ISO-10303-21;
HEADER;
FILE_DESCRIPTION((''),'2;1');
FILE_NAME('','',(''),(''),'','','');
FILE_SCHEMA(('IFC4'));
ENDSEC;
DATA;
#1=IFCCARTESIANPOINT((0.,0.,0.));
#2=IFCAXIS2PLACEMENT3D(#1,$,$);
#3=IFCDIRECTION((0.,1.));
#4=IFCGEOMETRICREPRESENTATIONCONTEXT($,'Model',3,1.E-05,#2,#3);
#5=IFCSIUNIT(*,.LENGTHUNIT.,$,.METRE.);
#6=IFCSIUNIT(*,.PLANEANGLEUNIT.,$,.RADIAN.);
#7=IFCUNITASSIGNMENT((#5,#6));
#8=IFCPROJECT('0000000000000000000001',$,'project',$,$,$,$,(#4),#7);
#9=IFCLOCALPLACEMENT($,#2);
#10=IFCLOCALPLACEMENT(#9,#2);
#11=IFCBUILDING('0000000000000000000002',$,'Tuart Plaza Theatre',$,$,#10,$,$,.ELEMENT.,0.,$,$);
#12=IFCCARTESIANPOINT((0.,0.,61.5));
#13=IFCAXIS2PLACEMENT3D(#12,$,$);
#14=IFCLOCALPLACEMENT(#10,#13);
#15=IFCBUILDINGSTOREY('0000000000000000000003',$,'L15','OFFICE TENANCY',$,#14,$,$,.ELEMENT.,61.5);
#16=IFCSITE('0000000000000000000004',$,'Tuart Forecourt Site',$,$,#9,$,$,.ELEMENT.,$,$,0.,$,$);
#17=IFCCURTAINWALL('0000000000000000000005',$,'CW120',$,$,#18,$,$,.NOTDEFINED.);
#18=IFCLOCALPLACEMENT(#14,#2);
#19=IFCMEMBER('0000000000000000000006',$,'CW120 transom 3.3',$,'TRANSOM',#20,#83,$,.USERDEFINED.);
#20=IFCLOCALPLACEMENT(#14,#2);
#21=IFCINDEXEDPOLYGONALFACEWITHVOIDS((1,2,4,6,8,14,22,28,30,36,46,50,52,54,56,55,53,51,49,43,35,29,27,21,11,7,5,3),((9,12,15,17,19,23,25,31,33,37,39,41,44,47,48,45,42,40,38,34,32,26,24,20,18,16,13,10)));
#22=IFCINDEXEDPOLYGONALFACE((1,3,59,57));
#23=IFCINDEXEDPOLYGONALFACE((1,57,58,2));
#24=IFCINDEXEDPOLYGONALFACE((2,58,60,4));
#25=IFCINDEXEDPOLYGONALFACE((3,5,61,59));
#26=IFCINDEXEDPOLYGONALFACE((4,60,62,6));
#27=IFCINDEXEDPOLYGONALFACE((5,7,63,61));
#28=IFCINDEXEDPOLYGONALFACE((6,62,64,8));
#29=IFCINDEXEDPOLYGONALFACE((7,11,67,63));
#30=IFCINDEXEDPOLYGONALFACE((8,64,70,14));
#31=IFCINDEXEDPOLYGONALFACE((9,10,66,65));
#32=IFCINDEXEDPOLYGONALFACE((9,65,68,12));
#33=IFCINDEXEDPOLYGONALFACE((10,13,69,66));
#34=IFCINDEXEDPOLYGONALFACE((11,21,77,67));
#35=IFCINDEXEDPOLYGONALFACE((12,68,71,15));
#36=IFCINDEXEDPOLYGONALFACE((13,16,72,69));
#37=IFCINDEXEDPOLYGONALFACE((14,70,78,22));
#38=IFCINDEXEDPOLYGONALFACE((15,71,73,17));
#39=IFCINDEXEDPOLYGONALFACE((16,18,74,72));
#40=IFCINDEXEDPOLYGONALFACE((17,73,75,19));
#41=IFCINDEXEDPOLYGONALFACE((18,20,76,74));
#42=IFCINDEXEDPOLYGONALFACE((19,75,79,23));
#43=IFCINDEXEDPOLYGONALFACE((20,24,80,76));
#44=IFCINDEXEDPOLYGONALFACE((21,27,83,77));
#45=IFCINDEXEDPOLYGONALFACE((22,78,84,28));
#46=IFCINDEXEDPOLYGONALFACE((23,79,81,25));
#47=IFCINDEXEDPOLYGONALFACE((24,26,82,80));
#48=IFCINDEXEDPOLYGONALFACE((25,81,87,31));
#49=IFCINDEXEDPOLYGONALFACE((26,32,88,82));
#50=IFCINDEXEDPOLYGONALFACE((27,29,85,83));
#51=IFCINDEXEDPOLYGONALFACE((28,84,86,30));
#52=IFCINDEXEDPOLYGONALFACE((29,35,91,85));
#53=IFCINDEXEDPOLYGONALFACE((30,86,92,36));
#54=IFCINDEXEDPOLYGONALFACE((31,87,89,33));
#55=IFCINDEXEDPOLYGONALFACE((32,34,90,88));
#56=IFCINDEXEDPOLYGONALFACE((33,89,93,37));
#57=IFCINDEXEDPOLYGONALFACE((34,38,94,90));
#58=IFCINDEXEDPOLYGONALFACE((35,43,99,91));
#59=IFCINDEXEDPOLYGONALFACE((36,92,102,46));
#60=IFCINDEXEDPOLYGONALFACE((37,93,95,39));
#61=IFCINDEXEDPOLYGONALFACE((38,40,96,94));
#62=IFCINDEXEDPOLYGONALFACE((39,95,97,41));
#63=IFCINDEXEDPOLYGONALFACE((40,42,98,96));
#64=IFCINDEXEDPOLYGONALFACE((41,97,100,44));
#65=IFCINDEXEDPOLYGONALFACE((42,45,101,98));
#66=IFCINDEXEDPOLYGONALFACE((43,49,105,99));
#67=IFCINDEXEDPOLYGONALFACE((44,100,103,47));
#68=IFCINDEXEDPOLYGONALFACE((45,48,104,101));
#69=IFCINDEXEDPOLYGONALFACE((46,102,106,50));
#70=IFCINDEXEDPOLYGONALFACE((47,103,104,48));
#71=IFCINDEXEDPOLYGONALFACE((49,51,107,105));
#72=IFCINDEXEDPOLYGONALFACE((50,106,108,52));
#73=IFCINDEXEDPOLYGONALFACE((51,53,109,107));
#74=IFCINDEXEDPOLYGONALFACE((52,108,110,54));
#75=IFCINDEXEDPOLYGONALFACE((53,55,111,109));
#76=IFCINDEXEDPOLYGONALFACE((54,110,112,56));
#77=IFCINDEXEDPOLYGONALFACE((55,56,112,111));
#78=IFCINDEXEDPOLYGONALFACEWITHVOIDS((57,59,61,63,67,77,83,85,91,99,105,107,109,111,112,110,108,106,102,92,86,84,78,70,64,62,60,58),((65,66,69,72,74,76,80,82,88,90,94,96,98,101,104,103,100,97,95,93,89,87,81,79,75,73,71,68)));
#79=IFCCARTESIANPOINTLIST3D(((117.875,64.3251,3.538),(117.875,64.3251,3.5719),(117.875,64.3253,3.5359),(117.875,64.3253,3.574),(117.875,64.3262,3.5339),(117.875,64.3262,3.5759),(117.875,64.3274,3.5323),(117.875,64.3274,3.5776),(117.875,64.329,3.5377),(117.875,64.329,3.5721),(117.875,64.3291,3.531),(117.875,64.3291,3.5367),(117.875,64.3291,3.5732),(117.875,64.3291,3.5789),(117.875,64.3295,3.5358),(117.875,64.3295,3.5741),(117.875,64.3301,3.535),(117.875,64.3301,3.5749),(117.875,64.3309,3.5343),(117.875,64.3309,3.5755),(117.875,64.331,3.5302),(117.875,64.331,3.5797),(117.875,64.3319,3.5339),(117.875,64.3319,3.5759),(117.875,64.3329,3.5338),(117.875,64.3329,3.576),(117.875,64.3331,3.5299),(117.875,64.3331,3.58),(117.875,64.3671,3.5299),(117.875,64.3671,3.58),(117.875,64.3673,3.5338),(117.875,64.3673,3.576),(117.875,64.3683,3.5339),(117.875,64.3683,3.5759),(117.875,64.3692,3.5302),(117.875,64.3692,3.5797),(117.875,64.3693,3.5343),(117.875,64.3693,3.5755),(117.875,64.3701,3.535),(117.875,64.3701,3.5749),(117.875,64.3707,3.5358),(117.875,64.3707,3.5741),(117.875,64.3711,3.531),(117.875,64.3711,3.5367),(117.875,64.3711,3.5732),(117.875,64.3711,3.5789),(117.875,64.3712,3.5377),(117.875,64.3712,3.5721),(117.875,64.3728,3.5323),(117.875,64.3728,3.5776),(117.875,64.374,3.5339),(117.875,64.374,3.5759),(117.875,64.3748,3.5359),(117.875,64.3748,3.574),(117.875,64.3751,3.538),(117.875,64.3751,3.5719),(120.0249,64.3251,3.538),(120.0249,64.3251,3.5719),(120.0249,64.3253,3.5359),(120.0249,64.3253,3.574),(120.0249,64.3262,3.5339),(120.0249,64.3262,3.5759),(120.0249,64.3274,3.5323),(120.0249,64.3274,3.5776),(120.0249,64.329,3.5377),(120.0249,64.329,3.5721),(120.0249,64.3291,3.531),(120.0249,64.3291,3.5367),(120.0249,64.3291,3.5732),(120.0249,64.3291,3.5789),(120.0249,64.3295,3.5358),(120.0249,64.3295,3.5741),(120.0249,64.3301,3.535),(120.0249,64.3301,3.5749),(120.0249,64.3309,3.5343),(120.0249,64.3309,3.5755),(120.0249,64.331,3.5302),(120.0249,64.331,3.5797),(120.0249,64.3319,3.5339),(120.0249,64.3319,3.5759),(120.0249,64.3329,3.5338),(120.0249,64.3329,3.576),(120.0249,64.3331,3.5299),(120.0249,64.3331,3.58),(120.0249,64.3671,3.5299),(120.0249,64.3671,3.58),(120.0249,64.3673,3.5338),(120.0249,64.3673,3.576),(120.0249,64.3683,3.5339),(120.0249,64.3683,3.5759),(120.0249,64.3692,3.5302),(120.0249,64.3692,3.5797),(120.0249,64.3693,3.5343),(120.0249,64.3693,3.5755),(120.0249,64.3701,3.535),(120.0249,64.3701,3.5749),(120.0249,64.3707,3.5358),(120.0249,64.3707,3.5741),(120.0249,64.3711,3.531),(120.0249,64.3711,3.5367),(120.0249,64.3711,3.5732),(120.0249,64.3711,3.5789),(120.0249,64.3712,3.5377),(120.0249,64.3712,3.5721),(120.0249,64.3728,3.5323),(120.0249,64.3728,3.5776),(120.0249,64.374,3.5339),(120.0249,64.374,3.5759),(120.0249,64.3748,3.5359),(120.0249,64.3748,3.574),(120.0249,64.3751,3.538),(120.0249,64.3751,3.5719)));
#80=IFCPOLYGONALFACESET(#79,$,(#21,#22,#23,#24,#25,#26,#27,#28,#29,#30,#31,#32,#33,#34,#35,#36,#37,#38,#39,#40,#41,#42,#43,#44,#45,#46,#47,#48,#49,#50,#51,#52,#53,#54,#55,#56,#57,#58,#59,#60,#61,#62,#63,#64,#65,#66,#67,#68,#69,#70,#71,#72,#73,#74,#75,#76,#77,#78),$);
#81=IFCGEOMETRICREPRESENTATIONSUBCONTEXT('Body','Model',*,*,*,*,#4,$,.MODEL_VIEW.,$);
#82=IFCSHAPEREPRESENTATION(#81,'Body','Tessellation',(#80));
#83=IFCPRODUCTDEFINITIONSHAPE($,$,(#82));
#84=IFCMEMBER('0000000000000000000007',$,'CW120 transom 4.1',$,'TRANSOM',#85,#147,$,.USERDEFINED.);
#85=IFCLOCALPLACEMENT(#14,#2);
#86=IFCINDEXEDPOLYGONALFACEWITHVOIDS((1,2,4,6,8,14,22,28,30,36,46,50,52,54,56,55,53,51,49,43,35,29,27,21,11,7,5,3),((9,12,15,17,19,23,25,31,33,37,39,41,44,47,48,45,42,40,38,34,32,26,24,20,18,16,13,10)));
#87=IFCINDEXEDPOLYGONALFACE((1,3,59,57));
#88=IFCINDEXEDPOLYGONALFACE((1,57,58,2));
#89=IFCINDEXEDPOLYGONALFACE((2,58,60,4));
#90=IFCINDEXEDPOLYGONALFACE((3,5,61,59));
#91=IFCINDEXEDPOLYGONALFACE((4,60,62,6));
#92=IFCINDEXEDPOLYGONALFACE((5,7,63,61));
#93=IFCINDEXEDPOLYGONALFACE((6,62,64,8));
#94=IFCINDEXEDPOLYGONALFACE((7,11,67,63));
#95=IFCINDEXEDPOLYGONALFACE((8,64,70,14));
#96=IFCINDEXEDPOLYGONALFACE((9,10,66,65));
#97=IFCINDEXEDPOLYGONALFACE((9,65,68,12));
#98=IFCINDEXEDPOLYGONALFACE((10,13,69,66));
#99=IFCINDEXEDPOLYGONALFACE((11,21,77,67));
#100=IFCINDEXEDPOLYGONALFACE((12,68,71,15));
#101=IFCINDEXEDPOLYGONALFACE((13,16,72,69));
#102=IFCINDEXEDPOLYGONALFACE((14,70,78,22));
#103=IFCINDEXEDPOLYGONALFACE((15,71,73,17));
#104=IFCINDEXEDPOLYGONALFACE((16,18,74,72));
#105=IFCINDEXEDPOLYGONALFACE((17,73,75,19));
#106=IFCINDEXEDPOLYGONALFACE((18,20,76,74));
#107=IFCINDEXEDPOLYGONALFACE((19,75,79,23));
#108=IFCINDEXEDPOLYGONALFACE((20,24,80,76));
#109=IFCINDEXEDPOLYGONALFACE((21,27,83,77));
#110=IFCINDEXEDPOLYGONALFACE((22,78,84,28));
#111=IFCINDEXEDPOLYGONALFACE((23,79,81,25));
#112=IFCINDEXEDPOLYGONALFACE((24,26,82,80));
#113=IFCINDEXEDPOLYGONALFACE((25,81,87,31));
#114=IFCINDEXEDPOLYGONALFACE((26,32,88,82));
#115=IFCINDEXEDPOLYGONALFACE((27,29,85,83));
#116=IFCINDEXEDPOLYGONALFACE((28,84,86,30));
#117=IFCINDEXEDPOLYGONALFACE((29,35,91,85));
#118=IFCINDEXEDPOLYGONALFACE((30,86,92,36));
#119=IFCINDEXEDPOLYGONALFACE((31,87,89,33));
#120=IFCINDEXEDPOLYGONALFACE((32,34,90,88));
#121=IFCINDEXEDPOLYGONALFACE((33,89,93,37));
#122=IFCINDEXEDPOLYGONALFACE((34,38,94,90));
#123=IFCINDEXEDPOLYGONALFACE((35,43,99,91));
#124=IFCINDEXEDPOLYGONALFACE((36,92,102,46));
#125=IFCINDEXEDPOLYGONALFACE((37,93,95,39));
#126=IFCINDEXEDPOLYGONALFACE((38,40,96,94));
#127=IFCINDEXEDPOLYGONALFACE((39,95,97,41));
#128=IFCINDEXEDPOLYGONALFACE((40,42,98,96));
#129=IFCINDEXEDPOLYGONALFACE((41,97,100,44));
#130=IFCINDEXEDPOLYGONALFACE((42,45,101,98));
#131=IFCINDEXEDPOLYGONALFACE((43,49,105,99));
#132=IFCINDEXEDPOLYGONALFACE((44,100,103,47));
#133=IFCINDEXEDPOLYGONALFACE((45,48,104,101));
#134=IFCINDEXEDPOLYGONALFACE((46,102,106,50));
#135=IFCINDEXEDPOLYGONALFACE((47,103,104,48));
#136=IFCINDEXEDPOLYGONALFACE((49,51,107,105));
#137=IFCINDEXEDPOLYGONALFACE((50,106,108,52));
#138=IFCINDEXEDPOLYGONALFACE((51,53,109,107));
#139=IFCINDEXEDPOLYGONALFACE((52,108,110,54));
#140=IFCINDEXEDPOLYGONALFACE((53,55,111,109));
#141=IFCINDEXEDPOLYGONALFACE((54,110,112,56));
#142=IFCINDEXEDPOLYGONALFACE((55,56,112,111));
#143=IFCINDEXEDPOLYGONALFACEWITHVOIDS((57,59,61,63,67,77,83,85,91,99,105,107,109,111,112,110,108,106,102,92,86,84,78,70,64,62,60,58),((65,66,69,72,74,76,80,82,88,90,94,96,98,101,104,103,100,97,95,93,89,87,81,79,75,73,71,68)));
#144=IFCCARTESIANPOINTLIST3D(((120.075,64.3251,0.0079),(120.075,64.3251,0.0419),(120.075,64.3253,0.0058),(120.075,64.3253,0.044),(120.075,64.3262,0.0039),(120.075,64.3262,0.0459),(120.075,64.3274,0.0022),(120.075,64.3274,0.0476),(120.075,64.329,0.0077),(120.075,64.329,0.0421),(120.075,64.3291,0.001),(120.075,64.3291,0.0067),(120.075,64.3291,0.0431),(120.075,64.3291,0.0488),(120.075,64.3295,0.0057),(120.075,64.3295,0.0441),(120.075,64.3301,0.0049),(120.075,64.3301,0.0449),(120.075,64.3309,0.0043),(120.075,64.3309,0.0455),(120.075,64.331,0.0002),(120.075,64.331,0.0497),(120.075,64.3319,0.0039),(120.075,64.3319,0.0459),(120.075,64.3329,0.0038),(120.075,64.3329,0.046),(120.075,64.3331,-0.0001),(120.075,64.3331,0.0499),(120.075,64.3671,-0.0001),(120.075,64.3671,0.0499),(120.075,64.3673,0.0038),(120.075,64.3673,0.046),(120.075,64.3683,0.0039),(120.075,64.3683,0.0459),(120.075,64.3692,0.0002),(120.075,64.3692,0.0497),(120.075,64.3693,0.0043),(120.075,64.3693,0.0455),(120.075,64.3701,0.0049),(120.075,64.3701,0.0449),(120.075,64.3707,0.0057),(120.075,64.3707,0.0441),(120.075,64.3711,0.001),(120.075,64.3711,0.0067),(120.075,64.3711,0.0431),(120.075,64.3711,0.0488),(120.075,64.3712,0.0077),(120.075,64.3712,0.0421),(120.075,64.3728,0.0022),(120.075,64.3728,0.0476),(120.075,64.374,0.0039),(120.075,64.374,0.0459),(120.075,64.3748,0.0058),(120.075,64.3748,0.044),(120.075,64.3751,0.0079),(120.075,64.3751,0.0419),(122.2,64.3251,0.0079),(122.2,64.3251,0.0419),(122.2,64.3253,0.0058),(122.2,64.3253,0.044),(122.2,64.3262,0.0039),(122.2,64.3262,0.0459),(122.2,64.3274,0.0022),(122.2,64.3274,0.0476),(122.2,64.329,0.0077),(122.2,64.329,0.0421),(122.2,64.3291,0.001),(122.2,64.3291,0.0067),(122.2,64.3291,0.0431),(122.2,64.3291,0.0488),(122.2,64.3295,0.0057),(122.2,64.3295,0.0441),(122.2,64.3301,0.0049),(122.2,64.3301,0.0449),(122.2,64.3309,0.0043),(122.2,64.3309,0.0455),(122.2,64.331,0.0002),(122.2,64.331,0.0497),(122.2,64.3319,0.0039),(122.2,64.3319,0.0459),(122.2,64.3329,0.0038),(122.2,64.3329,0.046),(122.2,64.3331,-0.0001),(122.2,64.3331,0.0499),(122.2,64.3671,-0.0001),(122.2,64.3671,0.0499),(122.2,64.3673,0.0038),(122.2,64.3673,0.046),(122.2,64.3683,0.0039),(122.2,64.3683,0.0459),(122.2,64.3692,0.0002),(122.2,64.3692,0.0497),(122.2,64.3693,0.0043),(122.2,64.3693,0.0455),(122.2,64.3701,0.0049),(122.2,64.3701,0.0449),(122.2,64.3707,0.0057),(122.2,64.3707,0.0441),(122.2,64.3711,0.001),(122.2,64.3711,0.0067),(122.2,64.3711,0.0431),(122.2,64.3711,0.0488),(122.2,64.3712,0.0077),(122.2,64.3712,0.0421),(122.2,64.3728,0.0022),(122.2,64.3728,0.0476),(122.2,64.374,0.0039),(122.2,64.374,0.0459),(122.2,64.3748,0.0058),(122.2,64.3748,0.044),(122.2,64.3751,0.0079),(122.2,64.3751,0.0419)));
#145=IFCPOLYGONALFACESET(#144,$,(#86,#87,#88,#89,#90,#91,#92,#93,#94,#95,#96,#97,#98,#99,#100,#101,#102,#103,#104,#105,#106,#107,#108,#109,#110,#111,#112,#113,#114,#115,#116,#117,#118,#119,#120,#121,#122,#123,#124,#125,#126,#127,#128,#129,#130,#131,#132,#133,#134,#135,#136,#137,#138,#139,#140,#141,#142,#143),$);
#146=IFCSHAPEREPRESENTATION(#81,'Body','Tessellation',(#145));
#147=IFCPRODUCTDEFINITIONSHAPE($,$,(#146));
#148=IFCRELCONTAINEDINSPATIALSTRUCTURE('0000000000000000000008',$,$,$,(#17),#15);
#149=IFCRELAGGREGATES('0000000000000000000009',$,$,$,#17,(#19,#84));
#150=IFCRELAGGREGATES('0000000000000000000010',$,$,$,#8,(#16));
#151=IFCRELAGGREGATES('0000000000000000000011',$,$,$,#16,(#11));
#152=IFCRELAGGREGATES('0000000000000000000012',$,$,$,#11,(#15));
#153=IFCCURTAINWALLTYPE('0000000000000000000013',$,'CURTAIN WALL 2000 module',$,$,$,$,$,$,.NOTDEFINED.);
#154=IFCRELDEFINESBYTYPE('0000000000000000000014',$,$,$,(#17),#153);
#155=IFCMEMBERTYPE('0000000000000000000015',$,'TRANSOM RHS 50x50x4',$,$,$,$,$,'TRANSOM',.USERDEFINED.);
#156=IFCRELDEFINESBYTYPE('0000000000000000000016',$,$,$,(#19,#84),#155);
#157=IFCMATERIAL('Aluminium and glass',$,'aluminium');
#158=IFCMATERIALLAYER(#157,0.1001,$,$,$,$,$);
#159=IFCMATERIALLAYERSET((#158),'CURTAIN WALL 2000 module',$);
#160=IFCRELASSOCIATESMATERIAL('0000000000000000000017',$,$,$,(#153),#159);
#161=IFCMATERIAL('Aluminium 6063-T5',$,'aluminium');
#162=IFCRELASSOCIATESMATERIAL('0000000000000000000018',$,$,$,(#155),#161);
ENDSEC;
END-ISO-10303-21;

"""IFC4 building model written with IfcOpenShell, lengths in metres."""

from ifc_helpers import new_model, si_unit, direction, frame, origin, origin_2d, place, context, subcontext, project, spatial, hollow_rectangle, extrude, material, layer, layer_set, material_profile, profile_set, type_object, element, aggregate, save


model = new_model("IFC4")

# Units and contexts
model_context = context("Model", 3, precision=1e-05, world=origin(), true_north=direction((0.0, 1.0)))
body_context = subcontext(model_context, "Body", "Model", "MODEL_VIEW")
ifc_project = project(units=[si_unit("LENGTHUNIT", "METRE"), si_unit("PLANEANGLEUNIT", "RADIAN")], contexts=[model_context])

# Site, building, storey
site_placement = place(None, origin())
site = spatial("IfcSite", under=ifc_project, at=site_placement, Name="Tuart Forecourt Site", CompositionType="ELEMENT", RefElevation=0.0)
building_placement = place(site_placement, origin())
building = spatial("IfcBuilding", under=site, at=building_placement, Name="Tuart Plaza Theatre", CompositionType="ELEMENT", ElevationOfRefHeight=0.0)
storey_placement = place(building_placement, frame((0.0, 0.0, 61.5)))
storey = spatial("IfcBuildingStorey", under=building, at=storey_placement, Name="L15", Description="OFFICE TENANCY", CompositionType="ELEMENT", Elevation=61.5)

# Curtain wall
ifc_material_1 = material(Name="Aluminium and glass", Category="aluminium")
ifc_layer_1 = layer(ifc_material_1, 0.1001)
ifc_layer_set_1 = layer_set([ifc_layer_1], Name="CURTAIN WALL 2000 module")
curtain_wall_type = type_object("IfcCurtainWallType", Name="CURTAIN WALL 2000 module", PredefinedType="NOTDEFINED", material=ifc_layer_set_1)
curtain_wall_1_placement = place(storey_placement, origin())
curtain_wall_1 = element("IfcCurtainWall", 1, at=curtain_wall_1_placement, inside=storey, type_object=curtain_wall_type, Name="CW120", PredefinedType="NOTDEFINED")

# Members
ifc_material_2 = material(Name="Aluminium 6063-T5", Category="aluminium")
ifc_material_profile_1 = material_profile(ifc_material_2, hollow_rectangle(XDim=0.05, YDim=0.05, WallThickness=0.0039, InnerFilletRadius=0.0039, OuterFilletRadius=0.0081, at=origin_2d()), Name="RHS 50x50x4")
ifc_profile_set_1 = profile_set([ifc_material_profile_1], Name="Aluminium 6063-T5")
member_type_1 = type_object("IfcMemberType", Name="TRANSOM RHS 50x50x4", ElementType="TRANSOM", PredefinedType="USERDEFINED", material=ifc_profile_set_1)
member_1_placement = place(storey_placement, frame((117.875, 64.3501, 3.5549), z_axis=(1.0, 0.0, 0.0), x_axis=(0.0, 1.0, 0.0)))
member_1 = element("IfcMember", 2, at=member_1_placement, type_object=member_type_1, Name="CW120 transom 3.3", ObjectType="TRANSOM", PredefinedType="USERDEFINED", context=body_context, shape_type="SweptSolid", body=[
    extrude(hollow_rectangle(XDim=0.05, YDim=0.05, WallThickness=0.0039, InnerFilletRadius=0.0039, OuterFilletRadius=0.0081, at=origin_2d()), origin(), (0.0, 0.0, 1.0), 2.1499),
])
member_2_placement = place(storey_placement, frame((120.075, 64.3501, 0.0249), z_axis=(1.0, 0.0, 0.0), x_axis=(0.0, 1.0, 0.0)))
member_2 = element("IfcMember", 3, at=member_2_placement, type_object=member_type_1, Name="CW120 transom 4.1", ObjectType="TRANSOM", PredefinedType="USERDEFINED", context=body_context, shape_type="SweptSolid", body=[
    extrude(hollow_rectangle(XDim=0.05, YDim=0.05, WallThickness=0.0039, InnerFilletRadius=0.0039, OuterFilletRadius=0.0081, at=origin_2d()), origin(), (0.0, 0.0, 1.0), 2.125),
])

aggregate(curtain_wall_1, [member_1, member_2])

save(model, "model.ifc")
